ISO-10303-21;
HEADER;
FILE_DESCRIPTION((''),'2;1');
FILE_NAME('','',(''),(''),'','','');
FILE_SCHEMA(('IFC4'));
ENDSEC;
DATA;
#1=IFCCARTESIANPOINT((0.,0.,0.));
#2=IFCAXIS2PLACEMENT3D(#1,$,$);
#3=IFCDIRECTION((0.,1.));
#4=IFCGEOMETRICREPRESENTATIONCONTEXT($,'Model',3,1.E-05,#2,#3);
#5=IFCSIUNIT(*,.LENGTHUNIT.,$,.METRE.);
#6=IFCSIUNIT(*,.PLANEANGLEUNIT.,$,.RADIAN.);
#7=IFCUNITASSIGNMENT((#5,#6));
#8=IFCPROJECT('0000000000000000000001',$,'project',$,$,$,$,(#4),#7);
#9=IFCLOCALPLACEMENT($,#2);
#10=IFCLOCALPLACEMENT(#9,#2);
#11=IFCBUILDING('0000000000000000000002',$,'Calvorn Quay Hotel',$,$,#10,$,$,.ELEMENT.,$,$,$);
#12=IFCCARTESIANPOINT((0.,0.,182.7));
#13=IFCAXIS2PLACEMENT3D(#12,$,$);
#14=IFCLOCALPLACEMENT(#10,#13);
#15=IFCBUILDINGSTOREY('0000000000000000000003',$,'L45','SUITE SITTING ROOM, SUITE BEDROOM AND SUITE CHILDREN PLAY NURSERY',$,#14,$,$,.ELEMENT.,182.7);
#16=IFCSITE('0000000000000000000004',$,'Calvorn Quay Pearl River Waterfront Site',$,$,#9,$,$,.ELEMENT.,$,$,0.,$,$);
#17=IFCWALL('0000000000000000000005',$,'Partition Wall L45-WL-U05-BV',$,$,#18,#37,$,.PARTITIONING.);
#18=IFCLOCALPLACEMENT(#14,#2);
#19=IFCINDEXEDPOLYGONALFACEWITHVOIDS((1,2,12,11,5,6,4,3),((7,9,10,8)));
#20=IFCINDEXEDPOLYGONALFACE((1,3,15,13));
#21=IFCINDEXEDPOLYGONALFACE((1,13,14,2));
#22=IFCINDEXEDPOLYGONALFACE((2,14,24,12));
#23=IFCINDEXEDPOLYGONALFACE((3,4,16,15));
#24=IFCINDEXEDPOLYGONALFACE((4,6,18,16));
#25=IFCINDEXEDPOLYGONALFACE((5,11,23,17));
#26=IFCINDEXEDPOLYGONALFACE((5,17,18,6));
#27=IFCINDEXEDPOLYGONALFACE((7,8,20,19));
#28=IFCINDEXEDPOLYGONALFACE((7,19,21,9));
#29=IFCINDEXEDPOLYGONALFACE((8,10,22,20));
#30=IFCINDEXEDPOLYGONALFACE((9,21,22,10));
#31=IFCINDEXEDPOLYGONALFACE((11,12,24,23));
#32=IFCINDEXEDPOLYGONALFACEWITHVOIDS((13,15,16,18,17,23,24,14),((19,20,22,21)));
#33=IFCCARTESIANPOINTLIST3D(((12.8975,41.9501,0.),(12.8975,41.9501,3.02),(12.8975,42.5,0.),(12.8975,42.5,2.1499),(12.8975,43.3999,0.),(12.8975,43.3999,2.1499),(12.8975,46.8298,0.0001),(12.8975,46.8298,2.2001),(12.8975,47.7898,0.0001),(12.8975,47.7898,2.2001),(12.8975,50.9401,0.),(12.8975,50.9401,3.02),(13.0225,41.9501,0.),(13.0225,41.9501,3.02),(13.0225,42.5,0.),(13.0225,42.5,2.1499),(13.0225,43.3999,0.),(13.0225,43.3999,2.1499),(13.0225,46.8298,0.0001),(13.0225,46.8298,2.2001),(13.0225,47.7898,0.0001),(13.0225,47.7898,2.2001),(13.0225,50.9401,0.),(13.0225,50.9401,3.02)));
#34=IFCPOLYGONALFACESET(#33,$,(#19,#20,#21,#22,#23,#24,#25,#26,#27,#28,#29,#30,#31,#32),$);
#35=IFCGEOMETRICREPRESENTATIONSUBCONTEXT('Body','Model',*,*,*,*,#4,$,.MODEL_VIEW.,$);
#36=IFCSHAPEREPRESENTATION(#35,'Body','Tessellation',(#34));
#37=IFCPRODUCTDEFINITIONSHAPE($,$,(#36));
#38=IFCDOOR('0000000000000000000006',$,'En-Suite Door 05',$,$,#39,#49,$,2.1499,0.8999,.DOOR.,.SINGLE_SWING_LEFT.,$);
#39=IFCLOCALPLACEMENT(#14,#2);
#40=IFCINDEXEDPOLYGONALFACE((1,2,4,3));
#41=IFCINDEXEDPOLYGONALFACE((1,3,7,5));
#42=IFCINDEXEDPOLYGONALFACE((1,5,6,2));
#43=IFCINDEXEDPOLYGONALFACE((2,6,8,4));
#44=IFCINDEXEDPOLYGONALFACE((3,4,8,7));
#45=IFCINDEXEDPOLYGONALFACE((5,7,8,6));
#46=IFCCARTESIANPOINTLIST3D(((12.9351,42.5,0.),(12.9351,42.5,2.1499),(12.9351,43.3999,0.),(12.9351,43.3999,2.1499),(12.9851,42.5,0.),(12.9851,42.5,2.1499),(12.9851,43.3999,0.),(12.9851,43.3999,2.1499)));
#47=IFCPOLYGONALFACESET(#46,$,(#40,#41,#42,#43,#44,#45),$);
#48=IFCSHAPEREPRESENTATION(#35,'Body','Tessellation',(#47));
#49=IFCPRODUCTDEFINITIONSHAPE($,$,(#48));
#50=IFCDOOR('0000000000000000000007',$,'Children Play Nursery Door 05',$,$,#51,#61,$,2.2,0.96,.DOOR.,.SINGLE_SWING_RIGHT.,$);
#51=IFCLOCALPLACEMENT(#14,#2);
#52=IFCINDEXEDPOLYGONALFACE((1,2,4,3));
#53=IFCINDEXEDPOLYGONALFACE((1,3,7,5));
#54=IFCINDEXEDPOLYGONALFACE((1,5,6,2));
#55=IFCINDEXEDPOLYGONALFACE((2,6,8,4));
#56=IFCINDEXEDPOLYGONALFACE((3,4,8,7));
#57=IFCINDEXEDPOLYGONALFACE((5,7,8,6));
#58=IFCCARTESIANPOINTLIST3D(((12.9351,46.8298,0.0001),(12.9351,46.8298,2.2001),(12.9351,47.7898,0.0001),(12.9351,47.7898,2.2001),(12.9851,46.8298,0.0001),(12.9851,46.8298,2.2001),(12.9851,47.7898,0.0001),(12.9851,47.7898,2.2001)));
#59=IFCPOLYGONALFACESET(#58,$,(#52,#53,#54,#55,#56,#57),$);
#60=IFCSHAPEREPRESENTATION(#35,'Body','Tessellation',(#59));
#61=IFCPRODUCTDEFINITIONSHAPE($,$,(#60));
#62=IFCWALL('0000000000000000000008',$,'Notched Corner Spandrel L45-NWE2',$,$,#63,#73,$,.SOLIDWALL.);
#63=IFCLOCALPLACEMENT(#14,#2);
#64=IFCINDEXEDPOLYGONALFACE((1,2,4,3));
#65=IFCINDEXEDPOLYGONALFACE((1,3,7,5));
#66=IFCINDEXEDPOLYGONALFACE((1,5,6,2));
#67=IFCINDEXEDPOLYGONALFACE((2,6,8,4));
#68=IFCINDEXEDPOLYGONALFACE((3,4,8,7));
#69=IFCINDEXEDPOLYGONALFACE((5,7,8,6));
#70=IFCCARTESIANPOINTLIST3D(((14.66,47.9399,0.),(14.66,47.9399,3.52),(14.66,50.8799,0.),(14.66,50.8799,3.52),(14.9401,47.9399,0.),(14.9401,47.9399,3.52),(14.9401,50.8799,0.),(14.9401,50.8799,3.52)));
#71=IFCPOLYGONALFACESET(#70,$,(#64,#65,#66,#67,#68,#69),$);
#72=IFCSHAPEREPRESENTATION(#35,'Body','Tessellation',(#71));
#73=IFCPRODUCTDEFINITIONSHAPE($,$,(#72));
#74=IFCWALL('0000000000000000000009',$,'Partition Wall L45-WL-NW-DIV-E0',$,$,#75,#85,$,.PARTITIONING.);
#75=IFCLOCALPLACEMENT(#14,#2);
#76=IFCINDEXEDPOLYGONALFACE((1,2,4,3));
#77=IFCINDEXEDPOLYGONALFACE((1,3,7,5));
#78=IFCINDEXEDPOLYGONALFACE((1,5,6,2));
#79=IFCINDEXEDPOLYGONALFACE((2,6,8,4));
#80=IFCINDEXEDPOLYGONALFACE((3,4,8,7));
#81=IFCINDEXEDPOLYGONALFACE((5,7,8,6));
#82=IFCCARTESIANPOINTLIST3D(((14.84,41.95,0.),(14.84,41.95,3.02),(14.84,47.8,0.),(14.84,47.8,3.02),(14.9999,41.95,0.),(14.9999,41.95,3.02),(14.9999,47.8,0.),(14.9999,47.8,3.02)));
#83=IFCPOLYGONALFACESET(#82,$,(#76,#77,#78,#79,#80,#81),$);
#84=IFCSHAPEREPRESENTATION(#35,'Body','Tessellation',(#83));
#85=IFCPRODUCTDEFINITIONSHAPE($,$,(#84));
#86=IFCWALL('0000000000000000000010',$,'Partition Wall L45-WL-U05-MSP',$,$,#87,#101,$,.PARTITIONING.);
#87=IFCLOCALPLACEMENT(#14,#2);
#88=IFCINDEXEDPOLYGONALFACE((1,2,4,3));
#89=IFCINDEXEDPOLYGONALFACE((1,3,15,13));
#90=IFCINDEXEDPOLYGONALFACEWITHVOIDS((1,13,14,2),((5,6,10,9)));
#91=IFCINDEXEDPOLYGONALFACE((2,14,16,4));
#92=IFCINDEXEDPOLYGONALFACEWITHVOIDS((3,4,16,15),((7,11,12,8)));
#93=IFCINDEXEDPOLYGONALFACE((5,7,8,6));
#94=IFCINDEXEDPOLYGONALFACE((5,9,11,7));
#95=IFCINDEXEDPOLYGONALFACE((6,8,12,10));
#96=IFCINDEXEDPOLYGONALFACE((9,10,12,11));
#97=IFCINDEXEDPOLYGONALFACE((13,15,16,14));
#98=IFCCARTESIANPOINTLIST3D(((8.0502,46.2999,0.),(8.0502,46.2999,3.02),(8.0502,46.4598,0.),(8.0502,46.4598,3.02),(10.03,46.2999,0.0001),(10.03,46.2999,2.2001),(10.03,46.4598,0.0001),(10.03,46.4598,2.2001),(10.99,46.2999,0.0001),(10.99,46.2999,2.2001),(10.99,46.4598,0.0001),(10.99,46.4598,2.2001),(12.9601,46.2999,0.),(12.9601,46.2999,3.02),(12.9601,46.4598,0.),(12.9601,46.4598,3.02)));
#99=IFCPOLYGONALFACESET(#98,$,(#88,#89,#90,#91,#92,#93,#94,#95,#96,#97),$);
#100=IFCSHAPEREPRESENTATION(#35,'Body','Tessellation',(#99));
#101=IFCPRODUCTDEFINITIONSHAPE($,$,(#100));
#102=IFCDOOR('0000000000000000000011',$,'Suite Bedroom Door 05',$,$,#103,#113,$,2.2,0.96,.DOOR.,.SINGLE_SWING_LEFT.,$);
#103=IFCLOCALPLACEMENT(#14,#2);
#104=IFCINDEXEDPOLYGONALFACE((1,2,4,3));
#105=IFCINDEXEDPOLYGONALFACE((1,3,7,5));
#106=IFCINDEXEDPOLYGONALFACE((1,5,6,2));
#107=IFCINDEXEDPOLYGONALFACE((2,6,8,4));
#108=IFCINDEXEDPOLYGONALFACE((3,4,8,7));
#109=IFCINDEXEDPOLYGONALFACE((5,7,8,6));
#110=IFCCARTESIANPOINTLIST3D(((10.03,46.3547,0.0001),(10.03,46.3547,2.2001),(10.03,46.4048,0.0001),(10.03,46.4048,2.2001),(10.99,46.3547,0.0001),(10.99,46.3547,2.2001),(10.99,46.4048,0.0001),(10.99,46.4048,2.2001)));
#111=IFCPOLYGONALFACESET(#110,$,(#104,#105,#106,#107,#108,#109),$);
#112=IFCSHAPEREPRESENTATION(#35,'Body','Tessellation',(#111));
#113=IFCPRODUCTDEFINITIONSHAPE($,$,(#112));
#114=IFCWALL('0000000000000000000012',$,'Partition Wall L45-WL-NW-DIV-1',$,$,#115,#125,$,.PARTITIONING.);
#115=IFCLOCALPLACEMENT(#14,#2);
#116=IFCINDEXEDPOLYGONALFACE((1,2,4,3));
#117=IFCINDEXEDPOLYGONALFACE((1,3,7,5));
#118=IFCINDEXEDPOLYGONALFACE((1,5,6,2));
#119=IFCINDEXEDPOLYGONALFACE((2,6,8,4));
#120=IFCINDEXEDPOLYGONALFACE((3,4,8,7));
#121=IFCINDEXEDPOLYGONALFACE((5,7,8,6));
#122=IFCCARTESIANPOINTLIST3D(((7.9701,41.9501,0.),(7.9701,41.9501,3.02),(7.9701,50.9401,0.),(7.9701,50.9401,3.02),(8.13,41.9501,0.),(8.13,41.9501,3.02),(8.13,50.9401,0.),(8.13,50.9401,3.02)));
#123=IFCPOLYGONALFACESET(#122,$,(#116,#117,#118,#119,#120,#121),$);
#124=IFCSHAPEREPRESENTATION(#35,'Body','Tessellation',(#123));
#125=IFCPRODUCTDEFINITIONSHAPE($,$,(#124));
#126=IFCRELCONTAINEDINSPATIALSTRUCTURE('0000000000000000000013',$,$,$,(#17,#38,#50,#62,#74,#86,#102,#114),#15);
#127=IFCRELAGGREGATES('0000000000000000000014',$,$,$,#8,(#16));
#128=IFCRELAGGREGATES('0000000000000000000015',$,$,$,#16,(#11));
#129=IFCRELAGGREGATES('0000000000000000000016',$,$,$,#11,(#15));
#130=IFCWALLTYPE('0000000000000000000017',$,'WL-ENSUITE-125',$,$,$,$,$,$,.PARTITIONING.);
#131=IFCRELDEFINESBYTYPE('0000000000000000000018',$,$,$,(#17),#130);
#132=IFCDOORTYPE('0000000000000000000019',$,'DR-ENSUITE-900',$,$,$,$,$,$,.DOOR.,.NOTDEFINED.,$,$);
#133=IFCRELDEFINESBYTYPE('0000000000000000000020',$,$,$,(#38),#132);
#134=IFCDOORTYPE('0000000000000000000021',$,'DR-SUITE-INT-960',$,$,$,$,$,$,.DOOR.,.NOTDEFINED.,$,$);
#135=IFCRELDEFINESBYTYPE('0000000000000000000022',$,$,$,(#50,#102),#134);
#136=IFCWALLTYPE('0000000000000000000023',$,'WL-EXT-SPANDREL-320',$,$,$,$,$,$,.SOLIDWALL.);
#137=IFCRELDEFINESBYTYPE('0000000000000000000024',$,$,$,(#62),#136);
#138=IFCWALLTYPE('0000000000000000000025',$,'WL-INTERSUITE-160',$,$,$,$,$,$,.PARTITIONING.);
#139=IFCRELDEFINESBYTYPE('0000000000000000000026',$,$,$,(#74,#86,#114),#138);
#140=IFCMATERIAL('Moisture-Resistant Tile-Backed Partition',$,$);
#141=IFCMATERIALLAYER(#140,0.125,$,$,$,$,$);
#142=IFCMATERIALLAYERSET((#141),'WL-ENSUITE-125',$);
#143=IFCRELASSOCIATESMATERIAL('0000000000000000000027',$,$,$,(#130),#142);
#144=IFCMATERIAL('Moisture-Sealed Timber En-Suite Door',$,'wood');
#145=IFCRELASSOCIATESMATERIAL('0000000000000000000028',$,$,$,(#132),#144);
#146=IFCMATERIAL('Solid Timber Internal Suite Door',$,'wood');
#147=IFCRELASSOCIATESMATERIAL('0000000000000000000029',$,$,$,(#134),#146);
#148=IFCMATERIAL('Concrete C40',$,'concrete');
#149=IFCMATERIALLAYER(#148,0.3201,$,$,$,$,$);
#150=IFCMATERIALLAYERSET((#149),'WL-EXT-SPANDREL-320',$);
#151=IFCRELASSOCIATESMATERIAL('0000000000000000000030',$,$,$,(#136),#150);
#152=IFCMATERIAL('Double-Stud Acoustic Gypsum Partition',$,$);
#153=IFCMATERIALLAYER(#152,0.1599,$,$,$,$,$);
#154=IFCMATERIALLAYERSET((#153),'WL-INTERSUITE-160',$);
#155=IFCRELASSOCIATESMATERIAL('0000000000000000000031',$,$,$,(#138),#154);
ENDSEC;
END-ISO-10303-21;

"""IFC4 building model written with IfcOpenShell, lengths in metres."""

from ifc_helpers import new_model, si_unit, direction, frame, frame_2d, origin, place, context, subcontext, project, spatial, rectangle, extrude, material, layer, layer_set, type_object, element, fill, save


model = new_model("IFC4")

# Units and contexts
model_context = context("Model", 3, precision=1e-05, world=origin(), true_north=direction((0.0, 1.0)))
body_context = subcontext(model_context, "Body", "Model", "MODEL_VIEW")
ifc_project = project(units=[si_unit("LENGTHUNIT", "METRE"), si_unit("PLANEANGLEUNIT", "RADIAN")], contexts=[model_context])

# Site, building, storey
site_placement = place(None, origin())
site = spatial("IfcSite", under=ifc_project, at=site_placement, Name="Calvorn Quay Pearl River Waterfront Site", CompositionType="ELEMENT", RefElevation=0.0)
building_placement = place(site_placement, origin())
building = spatial("IfcBuilding", under=site, at=building_placement, Name="Calvorn Quay Hotel", CompositionType="ELEMENT")
storey_placement = place(building_placement, frame((0.0, 0.0, 182.7)))
storey = spatial("IfcBuildingStorey", under=building, at=storey_placement, Name="L45", Description="SUITE SITTING ROOM, SUITE BEDROOM AND SUITE CHILDREN PLAY NURSERY", CompositionType="ELEMENT", Elevation=182.7)

# Shared definitions
ifc_material_1 = material(Name="Moisture-Resistant Tile-Backed Partition")
ifc_layer_1 = layer(ifc_material_1, 0.125)
ifc_layer_set_1 = layer_set([ifc_layer_1], Name="WL-ENSUITE-125")
wall_type_1 = type_object("IfcWallType", Name="WL-ENSUITE-125", PredefinedType="PARTITIONING", material=ifc_layer_set_1)

# Shared definitions
ifc_material_2 = material(Name="Moisture-Sealed Timber En-Suite Door", Category="wood")
door_type_1 = type_object("IfcDoorType", Name="DR-ENSUITE-900", OperationType="NOTDEFINED", PredefinedType="DOOR", material=ifc_material_2)
ifc_material_3 = material(Name="Solid Timber Internal Suite Door", Category="wood")
door_type_2 = type_object("IfcDoorType", Name="DR-SUITE-INT-960", OperationType="NOTDEFINED", PredefinedType="DOOR", material=ifc_material_3)

# Wall, openings, doors
wall_1_placement = place(storey_placement, frame((12.96, 41.95, 0.0), z_axis=(0.0, 0.0, 1.0), x_axis=(0.0, 1.0, 0.0)))
wall_1 = element("IfcWall", 1, at=wall_1_placement, inside=storey, type_object=wall_type_1, Name="Partition Wall L45-WL-U05-BV", PredefinedType="PARTITIONING", context=body_context, shape_type="SweptSolid", body=[
    extrude(rectangle(XDim=8.99, YDim=0.125, at=frame_2d((4.4951, 0.0))), origin(), (0.0, 0.0, 1.0), 3.02),
])
opening_1_placement = place(wall_1_placement, frame((0.55, 0.0, 0.0)))
opening_1 = element("IfcOpeningElement", 2, at=opening_1_placement, cuts=wall_1, PredefinedType="OPENING", context=body_context, shape_type="SweptSolid", body=[
    extrude(rectangle(XDim=0.8999, YDim=2.1499, at=frame_2d((0.45, 1.075))), frame((0.0, 0.0725, 0.0), z_axis=(0.0, -1.0, 0.0), x_axis=(1.0, 0.0, 0.0)), (0.0, 0.0, 1.0), 0.145),
])
opening_2_placement = place(wall_1_placement, frame((4.8799, 0.0, 0.0)))
opening_2 = element("IfcOpeningElement", 3, at=opening_2_placement, cuts=wall_1, PredefinedType="OPENING", context=body_context, shape_type="SweptSolid", body=[
    extrude(rectangle(XDim=0.96, YDim=2.2, at=frame_2d((0.48, 1.1001))), frame((0.0, 0.0725, 0.0), z_axis=(0.0, -1.0, 0.0), x_axis=(1.0, 0.0, 0.0)), (0.0, 0.0, 1.0), 0.145),
])
door_1_placement = place(opening_1_placement, origin())
door_1 = element("IfcDoor", 4, at=door_1_placement, inside=storey, type_object=door_type_1, Name="En-Suite Door 05", OperationType="SINGLE_SWING_LEFT", OverallHeight=2.1499, OverallWidth=0.8999, PredefinedType="DOOR", context=body_context, shape_type="SweptSolid", body=[
    extrude(rectangle(XDim=0.8999, YDim=2.1499, at=frame_2d((0.45, 1.075))), frame((0.0, 0.0249, 0.0), z_axis=(0.0, -1.0, 0.0), x_axis=(1.0, 0.0, 0.0)), (0.0, 0.0, 1.0), 0.05),
])
fill(opening_1, door_1)
door_2_placement = place(opening_2_placement, origin())
door_2 = element("IfcDoor", 5, at=door_2_placement, inside=storey, type_object=door_type_2, Name="Children Play Nursery Door 05", OperationType="SINGLE_SWING_RIGHT", OverallHeight=2.2, OverallWidth=0.96, PredefinedType="DOOR", context=body_context, shape_type="SweptSolid", body=[
    extrude(rectangle(XDim=0.96, YDim=2.2, at=frame_2d((0.48, 1.1001))), frame((0.0, 0.0249, 0.0), z_axis=(0.0, -1.0, 0.0), x_axis=(1.0, 0.0, 0.0)), (0.0, 0.0, 1.0), 0.05),
])
fill(opening_2, door_2)

# Walls
ifc_material_4 = material(Name="Concrete C40", Category="concrete")
ifc_layer_2 = layer(ifc_material_4, 0.3201)
ifc_layer_set_2 = layer_set([ifc_layer_2], Name="WL-EXT-SPANDREL-320")
wall_type_2 = type_object("IfcWallType", Name="WL-EXT-SPANDREL-320", PredefinedType="SOLIDWALL", material=ifc_layer_set_2)
wall_2_placement = place(storey_placement, frame((14.8, 47.9399, 0.0), z_axis=(0.0, 0.0, 1.0), x_axis=(0.0, 1.0, 0.0)))
element("IfcWall", 6, at=wall_2_placement, inside=storey, type_object=wall_type_2, Name="Notched Corner Spandrel L45-NWE2", PredefinedType="SOLIDWALL", context=body_context, shape_type="SweptSolid", body=[
    extrude(rectangle(XDim=2.9399, YDim=0.28, at=frame_2d((1.47, 0.0))), origin(), (0.0, 0.0, 1.0), 3.52),
])
ifc_material_5 = material(Name="Double-Stud Acoustic Gypsum Partition")
ifc_layer_3 = layer(ifc_material_5, 0.1599)
ifc_layer_set_3 = layer_set([ifc_layer_3], Name="WL-INTERSUITE-160")
wall_type_3 = type_object("IfcWallType", Name="WL-INTERSUITE-160", PredefinedType="PARTITIONING", material=ifc_layer_set_3)
wall_3_placement = place(storey_placement, frame((14.9199, 41.95, 0.0), z_axis=(0.0, 0.0, 1.0), x_axis=(0.0, 1.0, 0.0)))
element("IfcWall", 7, at=wall_3_placement, inside=storey, type_object=wall_type_3, Name="Partition Wall L45-WL-NW-DIV-E0", PredefinedType="PARTITIONING", context=body_context, shape_type="SweptSolid", body=[
    extrude(rectangle(XDim=5.8501, YDim=0.1599, at=frame_2d((2.925, 0.0))), origin(), (0.0, 0.0, 1.0), 3.02),
])

# Wall, opening, door
wall_4_placement = place(storey_placement, frame((8.05, 46.3799, 0.0), z_axis=(0.0, 0.0, 1.0), x_axis=(1.0, 0.0, 0.0)))
wall_4 = element("IfcWall", 8, at=wall_4_placement, inside=storey, type_object=wall_type_3, Name="Partition Wall L45-WL-U05-MSP", PredefinedType="PARTITIONING", context=body_context, shape_type="SweptSolid", body=[
    extrude(rectangle(XDim=4.9099, YDim=0.1599, at=frame_2d((2.4551, 0.0))), origin(), (0.0, 0.0, 1.0), 3.02),
])
opening_3_placement = place(wall_4_placement, frame((1.98, 0.0, 0.0)))
opening_3 = element("IfcOpeningElement", 9, at=opening_3_placement, cuts=wall_4, PredefinedType="OPENING", context=body_context, shape_type="SweptSolid", body=[
    extrude(rectangle(XDim=0.96, YDim=2.2, at=frame_2d((0.48, 1.1001))), frame((0.0, 0.0898, 0.0), z_axis=(0.0, -1.0, 0.0), x_axis=(1.0, 0.0, 0.0)), (0.0, 0.0, 1.0), 0.1799),
])
door_3_placement = place(opening_3_placement, origin())
door_3 = element("IfcDoor", 10, at=door_3_placement, inside=storey, type_object=door_type_2, Name="Suite Bedroom Door 05", OperationType="SINGLE_SWING_LEFT", OverallHeight=2.2, OverallWidth=0.96, PredefinedType="DOOR", context=body_context, shape_type="SweptSolid", body=[
    extrude(rectangle(XDim=0.96, YDim=2.2, at=frame_2d((0.48, 1.1001))), frame((0.0, 0.0249, 0.0), z_axis=(0.0, -1.0, 0.0), x_axis=(1.0, 0.0, 0.0)), (0.0, 0.0, 1.0), 0.05),
])
fill(opening_3, door_3)

# Wall
wall_5_placement = place(storey_placement, frame((8.05, 41.95, 0.0), z_axis=(0.0, 0.0, 1.0), x_axis=(0.0, 1.0, 0.0)))
element("IfcWall", 11, at=wall_5_placement, inside=storey, type_object=wall_type_3, Name="Partition Wall L45-WL-NW-DIV-1", PredefinedType="PARTITIONING", context=body_context, shape_type="SweptSolid", body=[
    extrude(rectangle(XDim=8.99, YDim=0.1599, at=frame_2d((4.4951, 0.0))), origin(), (0.0, 0.0, 1.0), 3.02),
])

save(model, "model.ifc")
